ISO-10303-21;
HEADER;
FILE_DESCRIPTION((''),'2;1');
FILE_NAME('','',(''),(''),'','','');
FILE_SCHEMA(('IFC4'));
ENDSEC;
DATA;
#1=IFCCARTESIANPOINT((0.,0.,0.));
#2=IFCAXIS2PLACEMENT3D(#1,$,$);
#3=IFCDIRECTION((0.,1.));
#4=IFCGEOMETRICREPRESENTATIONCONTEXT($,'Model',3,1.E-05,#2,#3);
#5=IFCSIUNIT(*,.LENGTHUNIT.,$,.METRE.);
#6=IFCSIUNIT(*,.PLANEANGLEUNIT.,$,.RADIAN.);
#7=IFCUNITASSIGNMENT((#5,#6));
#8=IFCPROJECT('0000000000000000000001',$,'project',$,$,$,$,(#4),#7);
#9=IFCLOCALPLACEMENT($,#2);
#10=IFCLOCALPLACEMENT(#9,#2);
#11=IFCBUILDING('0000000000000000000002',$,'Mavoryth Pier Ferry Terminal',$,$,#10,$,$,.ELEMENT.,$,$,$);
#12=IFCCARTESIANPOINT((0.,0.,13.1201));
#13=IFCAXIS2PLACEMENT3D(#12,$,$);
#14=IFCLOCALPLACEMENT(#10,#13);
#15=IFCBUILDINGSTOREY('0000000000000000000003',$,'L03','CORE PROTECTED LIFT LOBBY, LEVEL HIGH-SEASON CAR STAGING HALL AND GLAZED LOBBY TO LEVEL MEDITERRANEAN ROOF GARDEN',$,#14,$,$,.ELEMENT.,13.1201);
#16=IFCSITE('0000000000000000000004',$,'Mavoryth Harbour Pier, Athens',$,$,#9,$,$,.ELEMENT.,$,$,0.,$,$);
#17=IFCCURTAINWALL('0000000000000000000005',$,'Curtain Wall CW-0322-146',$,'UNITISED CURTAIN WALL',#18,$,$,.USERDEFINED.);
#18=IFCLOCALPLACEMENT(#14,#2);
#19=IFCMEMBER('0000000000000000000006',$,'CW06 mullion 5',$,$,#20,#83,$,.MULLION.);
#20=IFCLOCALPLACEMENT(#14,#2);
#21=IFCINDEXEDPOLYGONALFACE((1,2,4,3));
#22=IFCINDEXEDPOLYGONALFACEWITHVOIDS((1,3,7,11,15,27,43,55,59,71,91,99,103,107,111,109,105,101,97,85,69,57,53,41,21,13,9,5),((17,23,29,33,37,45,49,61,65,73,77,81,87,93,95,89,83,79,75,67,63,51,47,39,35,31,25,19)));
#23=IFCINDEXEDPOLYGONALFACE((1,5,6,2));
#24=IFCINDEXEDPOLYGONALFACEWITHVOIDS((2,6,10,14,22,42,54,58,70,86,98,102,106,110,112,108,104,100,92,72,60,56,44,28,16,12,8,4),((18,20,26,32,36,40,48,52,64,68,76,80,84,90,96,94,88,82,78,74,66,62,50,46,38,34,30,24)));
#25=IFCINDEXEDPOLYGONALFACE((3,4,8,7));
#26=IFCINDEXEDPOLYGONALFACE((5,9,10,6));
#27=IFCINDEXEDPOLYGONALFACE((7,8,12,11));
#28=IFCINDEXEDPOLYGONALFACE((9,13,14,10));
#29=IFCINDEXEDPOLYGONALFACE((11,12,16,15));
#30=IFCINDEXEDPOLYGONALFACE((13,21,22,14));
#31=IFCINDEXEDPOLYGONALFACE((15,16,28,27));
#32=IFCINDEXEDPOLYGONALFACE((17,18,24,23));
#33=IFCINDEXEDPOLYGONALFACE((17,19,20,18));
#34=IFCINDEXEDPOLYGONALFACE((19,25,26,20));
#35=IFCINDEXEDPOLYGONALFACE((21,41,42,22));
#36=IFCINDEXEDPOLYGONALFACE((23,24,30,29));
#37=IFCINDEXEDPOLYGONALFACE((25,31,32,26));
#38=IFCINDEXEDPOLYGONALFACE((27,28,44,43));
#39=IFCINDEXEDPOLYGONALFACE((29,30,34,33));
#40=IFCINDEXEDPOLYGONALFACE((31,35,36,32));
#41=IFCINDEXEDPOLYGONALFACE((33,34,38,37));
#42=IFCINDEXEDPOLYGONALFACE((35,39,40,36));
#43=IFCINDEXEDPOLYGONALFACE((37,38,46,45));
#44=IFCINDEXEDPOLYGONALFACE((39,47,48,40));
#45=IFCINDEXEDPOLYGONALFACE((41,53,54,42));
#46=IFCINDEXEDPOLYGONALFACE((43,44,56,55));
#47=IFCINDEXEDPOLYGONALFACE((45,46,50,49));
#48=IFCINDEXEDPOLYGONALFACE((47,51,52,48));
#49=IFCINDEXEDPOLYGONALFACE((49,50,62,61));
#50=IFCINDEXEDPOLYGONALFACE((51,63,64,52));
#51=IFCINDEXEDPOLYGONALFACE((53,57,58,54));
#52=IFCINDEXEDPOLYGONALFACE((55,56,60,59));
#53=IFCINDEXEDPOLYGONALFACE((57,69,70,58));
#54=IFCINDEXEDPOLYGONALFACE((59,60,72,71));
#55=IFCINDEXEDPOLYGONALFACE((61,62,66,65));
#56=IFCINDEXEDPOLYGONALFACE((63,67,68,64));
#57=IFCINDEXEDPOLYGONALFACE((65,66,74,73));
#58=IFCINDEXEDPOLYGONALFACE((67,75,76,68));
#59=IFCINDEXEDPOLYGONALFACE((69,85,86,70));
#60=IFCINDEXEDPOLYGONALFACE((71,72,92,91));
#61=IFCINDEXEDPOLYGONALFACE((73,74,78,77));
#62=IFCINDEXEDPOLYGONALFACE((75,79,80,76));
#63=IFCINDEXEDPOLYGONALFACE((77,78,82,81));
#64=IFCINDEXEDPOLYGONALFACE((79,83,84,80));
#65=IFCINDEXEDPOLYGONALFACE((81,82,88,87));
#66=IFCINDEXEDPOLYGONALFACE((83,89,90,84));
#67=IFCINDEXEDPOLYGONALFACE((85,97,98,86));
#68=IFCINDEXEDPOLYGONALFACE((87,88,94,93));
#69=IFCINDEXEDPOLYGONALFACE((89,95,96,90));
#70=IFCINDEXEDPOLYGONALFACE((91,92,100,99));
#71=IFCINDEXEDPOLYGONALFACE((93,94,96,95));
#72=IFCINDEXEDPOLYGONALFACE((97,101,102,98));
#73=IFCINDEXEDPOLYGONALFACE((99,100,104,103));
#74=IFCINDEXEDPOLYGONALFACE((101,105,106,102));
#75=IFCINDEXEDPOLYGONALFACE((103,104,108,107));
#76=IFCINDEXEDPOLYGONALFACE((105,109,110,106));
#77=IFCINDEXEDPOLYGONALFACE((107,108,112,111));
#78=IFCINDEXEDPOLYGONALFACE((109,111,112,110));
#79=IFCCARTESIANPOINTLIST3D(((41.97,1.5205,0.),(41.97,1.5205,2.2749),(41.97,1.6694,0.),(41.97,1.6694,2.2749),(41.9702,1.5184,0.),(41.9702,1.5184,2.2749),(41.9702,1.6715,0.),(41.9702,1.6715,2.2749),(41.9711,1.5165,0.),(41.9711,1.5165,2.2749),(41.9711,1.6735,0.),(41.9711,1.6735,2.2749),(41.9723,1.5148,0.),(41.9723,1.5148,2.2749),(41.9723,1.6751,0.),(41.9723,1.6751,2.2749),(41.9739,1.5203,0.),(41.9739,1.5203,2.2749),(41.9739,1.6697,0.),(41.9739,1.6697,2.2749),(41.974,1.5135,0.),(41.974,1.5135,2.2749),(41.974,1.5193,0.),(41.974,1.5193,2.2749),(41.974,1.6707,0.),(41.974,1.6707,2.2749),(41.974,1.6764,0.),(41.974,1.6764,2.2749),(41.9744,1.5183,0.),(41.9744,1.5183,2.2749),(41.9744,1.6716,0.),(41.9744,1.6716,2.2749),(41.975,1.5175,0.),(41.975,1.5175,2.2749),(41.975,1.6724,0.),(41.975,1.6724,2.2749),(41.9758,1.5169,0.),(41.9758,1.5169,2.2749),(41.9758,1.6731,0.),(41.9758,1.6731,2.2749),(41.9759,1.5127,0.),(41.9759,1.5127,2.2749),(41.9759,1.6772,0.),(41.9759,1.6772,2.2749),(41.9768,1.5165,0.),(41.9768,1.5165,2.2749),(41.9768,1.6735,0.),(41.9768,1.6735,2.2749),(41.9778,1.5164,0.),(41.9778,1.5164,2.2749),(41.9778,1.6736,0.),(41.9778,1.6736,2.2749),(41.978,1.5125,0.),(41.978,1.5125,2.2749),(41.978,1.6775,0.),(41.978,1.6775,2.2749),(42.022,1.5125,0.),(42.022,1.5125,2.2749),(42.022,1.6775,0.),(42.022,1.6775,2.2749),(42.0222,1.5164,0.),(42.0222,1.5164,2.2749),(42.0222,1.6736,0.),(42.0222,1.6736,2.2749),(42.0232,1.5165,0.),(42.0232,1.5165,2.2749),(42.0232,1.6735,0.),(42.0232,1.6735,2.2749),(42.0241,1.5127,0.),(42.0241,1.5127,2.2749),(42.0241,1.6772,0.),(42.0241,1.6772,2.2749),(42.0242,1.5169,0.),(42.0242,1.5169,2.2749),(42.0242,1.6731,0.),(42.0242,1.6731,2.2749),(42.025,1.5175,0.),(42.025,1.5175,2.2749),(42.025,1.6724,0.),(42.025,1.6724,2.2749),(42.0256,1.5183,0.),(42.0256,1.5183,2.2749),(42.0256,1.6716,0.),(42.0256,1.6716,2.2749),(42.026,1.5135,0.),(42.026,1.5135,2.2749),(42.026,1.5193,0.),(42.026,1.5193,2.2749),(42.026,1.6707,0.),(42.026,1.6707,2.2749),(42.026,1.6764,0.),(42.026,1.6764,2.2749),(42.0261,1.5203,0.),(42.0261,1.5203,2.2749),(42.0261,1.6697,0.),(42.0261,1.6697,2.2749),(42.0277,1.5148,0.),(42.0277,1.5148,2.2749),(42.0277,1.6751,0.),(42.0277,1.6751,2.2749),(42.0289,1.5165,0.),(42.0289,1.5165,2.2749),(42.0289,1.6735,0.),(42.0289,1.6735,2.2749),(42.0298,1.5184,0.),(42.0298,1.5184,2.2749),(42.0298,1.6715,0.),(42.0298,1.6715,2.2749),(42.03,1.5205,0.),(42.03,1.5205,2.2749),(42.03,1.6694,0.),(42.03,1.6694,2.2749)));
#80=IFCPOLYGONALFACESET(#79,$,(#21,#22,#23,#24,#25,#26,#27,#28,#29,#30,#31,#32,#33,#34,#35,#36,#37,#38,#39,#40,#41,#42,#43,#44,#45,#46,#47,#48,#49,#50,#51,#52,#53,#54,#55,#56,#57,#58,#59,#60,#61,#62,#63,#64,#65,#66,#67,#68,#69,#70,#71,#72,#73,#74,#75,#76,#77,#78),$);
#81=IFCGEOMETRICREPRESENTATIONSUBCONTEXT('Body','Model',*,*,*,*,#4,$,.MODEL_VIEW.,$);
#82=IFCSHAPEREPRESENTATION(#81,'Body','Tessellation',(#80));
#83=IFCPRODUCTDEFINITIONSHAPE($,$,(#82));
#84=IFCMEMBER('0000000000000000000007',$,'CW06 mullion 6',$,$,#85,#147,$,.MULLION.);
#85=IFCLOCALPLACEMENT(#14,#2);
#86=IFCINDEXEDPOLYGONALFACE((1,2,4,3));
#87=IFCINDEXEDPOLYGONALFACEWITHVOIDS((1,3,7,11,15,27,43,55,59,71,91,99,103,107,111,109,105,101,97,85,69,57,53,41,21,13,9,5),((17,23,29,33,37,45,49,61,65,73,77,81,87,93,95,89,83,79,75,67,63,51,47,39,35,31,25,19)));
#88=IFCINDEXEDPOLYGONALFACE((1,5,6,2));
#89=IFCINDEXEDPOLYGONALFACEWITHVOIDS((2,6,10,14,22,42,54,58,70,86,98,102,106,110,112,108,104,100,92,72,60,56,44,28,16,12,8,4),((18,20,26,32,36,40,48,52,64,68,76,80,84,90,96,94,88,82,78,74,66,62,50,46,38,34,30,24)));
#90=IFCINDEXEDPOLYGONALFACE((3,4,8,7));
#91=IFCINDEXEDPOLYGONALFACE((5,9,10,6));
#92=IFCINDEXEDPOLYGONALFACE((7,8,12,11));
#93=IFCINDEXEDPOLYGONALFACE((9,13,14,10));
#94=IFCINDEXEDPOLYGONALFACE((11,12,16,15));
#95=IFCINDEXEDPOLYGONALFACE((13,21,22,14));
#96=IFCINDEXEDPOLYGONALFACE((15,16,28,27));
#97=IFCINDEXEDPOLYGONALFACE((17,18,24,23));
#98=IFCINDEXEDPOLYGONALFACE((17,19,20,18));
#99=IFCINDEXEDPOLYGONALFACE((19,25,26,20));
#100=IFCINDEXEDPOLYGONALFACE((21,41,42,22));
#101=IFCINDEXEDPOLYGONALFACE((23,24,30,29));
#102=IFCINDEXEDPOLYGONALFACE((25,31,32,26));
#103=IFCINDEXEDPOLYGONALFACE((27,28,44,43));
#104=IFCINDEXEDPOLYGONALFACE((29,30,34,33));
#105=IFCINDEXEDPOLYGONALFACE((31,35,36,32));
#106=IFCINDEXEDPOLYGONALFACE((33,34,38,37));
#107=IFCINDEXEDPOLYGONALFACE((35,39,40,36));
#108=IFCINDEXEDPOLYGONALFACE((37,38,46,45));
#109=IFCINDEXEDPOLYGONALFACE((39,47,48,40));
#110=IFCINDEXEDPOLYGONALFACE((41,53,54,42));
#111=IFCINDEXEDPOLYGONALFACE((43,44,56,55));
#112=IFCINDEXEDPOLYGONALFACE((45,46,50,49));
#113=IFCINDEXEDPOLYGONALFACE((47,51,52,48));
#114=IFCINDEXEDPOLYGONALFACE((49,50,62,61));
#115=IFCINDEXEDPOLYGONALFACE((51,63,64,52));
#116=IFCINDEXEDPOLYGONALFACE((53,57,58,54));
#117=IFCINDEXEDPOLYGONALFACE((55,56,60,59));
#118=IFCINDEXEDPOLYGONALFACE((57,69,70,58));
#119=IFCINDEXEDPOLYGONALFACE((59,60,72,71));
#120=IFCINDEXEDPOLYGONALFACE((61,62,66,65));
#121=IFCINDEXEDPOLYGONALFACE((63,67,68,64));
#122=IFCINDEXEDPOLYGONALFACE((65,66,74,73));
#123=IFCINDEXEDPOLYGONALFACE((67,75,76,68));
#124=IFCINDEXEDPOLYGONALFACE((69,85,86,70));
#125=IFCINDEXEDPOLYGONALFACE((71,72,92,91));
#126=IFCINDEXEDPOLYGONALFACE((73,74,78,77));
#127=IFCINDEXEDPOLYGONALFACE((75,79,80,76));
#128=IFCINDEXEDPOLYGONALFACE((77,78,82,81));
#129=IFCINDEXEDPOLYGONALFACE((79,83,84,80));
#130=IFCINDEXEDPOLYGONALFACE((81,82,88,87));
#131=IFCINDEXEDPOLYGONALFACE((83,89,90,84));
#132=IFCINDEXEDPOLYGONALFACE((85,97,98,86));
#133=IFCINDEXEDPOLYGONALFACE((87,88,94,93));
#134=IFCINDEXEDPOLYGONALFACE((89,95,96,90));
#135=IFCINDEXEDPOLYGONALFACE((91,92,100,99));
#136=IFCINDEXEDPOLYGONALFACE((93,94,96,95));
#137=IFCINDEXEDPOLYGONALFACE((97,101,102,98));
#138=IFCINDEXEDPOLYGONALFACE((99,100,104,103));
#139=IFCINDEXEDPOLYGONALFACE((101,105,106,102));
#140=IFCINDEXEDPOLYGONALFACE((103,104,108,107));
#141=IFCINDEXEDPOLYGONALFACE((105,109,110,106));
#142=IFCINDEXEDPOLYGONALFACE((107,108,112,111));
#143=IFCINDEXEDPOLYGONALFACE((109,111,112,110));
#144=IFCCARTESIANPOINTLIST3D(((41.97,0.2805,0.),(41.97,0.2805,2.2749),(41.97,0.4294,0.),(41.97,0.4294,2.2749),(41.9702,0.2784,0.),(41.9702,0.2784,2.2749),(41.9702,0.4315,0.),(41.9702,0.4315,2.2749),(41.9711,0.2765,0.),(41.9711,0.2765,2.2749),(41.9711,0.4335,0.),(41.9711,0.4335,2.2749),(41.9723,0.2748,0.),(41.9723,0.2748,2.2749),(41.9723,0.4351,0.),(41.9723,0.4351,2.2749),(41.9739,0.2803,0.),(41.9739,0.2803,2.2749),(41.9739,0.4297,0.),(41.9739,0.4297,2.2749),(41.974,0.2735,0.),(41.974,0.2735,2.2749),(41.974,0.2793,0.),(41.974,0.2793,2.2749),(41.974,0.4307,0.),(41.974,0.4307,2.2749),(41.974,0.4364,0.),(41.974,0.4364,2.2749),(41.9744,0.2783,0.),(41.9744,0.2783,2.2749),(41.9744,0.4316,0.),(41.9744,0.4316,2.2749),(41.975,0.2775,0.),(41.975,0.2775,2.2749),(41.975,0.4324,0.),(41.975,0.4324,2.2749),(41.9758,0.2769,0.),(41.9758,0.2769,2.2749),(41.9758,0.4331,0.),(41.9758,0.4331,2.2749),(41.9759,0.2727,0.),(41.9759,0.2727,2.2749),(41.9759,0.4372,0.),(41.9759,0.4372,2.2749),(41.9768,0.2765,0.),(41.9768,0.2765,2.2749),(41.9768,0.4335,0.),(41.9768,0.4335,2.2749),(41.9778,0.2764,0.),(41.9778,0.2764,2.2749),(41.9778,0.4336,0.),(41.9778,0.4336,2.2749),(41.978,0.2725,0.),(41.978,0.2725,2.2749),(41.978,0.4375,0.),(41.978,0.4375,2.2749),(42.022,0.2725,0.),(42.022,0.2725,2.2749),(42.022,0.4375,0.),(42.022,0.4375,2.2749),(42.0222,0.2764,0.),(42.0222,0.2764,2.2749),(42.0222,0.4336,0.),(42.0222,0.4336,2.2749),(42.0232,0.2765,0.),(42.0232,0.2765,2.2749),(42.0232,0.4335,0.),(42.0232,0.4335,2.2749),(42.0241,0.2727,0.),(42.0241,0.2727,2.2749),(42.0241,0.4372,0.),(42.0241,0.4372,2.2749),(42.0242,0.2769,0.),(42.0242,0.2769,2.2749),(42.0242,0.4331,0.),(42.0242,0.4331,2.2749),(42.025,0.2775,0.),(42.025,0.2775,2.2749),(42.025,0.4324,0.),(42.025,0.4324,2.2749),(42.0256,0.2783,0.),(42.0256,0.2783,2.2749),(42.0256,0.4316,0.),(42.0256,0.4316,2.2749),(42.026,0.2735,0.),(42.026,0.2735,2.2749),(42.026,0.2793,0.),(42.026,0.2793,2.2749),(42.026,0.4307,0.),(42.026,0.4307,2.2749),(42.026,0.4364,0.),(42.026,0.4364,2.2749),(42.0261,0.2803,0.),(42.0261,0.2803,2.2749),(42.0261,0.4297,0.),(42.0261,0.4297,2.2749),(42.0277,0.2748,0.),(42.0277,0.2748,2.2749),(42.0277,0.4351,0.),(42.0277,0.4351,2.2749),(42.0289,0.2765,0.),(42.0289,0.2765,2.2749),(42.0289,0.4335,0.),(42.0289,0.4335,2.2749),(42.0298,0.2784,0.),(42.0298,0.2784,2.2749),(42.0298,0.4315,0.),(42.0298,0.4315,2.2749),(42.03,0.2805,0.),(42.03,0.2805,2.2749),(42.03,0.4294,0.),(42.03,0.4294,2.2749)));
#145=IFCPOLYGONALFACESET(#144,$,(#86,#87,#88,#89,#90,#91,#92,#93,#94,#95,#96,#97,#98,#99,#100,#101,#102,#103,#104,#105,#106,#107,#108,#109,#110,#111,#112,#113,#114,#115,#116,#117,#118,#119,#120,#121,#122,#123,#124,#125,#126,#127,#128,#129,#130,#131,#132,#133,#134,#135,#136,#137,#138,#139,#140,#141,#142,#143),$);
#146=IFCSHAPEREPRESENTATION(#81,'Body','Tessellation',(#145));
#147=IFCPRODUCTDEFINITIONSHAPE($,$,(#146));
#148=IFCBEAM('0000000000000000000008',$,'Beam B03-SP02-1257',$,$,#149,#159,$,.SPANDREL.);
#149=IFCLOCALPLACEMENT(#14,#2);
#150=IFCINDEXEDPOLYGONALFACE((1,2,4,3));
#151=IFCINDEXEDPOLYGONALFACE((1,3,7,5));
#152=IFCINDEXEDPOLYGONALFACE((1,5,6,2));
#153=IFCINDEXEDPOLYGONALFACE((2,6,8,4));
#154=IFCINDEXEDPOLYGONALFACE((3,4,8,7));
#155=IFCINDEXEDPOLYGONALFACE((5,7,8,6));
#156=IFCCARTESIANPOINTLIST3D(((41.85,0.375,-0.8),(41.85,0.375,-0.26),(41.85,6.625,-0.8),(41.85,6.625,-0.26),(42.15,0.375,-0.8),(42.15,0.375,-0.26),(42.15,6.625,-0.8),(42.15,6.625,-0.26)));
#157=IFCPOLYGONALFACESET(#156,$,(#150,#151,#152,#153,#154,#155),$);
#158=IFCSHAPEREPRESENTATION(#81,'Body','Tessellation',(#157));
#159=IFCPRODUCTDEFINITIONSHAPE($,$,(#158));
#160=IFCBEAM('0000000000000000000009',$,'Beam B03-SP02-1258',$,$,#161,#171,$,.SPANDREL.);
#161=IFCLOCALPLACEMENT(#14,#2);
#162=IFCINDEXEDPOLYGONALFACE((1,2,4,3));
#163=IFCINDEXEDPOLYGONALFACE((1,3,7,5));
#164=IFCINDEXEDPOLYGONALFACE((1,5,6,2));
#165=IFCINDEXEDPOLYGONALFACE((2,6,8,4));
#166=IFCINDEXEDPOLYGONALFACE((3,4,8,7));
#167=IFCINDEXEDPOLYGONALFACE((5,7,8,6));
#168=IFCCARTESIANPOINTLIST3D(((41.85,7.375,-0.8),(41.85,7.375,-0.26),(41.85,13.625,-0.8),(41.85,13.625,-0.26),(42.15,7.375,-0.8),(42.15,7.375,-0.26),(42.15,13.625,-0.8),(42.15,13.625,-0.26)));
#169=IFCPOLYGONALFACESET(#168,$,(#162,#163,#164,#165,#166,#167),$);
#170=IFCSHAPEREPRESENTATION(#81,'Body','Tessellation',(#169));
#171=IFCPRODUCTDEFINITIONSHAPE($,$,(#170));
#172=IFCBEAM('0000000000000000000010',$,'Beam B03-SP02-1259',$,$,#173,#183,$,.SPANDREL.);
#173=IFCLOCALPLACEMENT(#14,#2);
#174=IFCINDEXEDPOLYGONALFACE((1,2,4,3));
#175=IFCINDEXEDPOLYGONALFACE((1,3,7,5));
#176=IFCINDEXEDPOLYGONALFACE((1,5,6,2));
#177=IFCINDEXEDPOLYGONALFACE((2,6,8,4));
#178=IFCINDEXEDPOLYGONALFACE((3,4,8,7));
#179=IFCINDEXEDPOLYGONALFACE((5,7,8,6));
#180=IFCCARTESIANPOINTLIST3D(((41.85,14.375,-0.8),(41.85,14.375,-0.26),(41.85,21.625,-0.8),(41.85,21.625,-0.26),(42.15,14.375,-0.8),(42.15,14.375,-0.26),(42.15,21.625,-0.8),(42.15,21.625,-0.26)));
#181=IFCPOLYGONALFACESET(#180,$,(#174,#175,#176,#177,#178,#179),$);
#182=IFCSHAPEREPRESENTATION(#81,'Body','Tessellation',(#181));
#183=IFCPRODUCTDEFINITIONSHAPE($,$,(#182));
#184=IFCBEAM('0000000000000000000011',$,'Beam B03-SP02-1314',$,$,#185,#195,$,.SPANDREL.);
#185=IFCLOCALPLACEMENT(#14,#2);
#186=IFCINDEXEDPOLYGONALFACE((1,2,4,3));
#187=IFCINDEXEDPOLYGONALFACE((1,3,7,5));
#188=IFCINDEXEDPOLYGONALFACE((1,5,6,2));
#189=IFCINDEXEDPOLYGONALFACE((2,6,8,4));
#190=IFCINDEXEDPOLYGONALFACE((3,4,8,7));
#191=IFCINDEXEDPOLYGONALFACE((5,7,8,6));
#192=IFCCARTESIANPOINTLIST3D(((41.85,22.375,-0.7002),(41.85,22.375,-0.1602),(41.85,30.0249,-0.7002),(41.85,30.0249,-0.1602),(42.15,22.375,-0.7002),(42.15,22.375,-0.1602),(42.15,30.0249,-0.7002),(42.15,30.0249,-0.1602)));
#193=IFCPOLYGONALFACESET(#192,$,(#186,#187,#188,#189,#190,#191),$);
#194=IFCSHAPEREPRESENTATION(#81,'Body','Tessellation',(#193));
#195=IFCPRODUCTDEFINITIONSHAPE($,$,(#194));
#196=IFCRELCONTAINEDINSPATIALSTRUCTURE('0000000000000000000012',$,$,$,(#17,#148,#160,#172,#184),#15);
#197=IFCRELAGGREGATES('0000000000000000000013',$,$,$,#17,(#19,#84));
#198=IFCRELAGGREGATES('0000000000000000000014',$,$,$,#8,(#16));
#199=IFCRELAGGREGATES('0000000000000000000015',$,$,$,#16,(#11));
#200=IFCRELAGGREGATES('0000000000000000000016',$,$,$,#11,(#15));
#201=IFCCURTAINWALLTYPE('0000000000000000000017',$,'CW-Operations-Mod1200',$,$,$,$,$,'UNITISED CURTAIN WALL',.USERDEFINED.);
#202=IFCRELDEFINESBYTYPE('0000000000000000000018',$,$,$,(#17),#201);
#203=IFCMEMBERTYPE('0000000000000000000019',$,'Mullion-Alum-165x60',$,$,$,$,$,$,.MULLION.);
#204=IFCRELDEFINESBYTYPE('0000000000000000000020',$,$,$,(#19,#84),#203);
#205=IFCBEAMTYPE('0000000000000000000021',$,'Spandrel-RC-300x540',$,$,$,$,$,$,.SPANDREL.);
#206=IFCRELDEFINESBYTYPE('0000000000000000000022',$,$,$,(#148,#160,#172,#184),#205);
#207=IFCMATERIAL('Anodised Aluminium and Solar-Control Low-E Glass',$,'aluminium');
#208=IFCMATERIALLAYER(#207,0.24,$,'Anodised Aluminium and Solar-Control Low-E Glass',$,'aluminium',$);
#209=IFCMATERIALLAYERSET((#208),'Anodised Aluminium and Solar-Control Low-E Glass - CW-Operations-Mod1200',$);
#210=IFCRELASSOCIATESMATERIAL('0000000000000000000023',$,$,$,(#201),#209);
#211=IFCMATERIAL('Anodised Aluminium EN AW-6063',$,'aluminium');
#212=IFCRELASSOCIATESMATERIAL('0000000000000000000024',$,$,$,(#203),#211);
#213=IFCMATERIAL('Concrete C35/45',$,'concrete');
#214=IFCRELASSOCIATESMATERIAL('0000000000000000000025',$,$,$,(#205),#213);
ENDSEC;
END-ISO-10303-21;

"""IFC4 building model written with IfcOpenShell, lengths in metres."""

from ifc_helpers import new_model, si_unit, direction, frame, origin, origin_2d, place, context, subcontext, project, spatial, rectangle, hollow_rectangle, extrude, material, layer, layer_set, material_profile, profile_set, type_object, element, aggregate, save


model = new_model("IFC4")

# Units and contexts
model_context = context("Model", 3, precision=1e-05, world=origin(), true_north=direction((0.0, 1.0)))
body_context = subcontext(model_context, "Body", "Model", "MODEL_VIEW")
ifc_project = project(units=[si_unit("LENGTHUNIT", "METRE"), si_unit("PLANEANGLEUNIT", "RADIAN")], contexts=[model_context])

# Site, building, storey
site_placement = place(None, origin())
site = spatial("IfcSite", under=ifc_project, at=site_placement, Name="Mavoryth Harbour Pier, Athens", CompositionType="ELEMENT", RefElevation=0.0)
building_placement = place(site_placement, origin())
building = spatial("IfcBuilding", under=site, at=building_placement, Name="Mavoryth Pier Ferry Terminal", CompositionType="ELEMENT")
storey_placement = place(building_placement, frame((0.0, 0.0, 13.1201)))
storey = spatial("IfcBuildingStorey", under=building, at=storey_placement, Name="L03", Description="CORE PROTECTED LIFT LOBBY, LEVEL HIGH-SEASON CAR STAGING HALL AND GLAZED LOBBY TO LEVEL MEDITERRANEAN ROOF GARDEN", CompositionType="ELEMENT", Elevation=13.1201)

# Curtain wall, members
ifc_material_1 = material(Name="Anodised Aluminium and Solar-Control Low-E Glass", Category="aluminium")
ifc_layer_1 = layer(ifc_material_1, 0.24, Name="Anodised Aluminium and Solar-Control Low-E Glass", Category="aluminium")
ifc_layer_set_1 = layer_set([ifc_layer_1], Name="Anodised Aluminium and Solar-Control Low-E Glass - CW-Operations-Mod1200")
curtain_wall_type = type_object("IfcCurtainWallType", Name="CW-Operations-Mod1200", ElementType="UNITISED CURTAIN WALL", PredefinedType="USERDEFINED", material=ifc_layer_set_1)
curtain_wall_placement = place(storey_placement, origin())
curtain_wall = element("IfcCurtainWall", 1, at=curtain_wall_placement, inside=storey, type_object=curtain_wall_type, Name="Curtain Wall CW-0322-146", ObjectType="UNITISED CURTAIN WALL", PredefinedType="USERDEFINED")
ifc_material_2 = material(Name="Anodised Aluminium EN AW-6063", Category="aluminium")
ifc_material_profile_1 = material_profile(ifc_material_2, hollow_rectangle(XDim=0.0601, YDim=0.165, WallThickness=0.0039, InnerFilletRadius=0.0039, OuterFilletRadius=0.0081, at=origin_2d()), Name="AL-MULL 165x60x4", Category="aluminium")
ifc_profile_set_1 = profile_set([ifc_material_profile_1], Name="Anodised Aluminium EN AW-6063 - AL-MULL 165x60x4")
member_type = type_object("IfcMemberType", Name="Mullion-Alum-165x60", PredefinedType="MULLION", material=ifc_profile_set_1)
member_1_placement = place(storey_placement, frame((42.0, 1.595, 0.0), z_axis=(0.0, 0.0, 1.0), x_axis=(1.0, 0.0, 0.0)))
member_1 = element("IfcMember", 2, at=member_1_placement, type_object=member_type, Name="CW06 mullion 5", PredefinedType="MULLION", context=body_context, shape_type="SweptSolid", body=[
    extrude(hollow_rectangle(XDim=0.0601, YDim=0.165, WallThickness=0.0039, InnerFilletRadius=0.0039, OuterFilletRadius=0.0081, at=origin_2d()), origin(), (0.0, 0.0, 1.0), 2.2749),
])
member_2_placement = place(storey_placement, frame((42.0, 0.355, 0.0), z_axis=(0.0, 0.0, 1.0), x_axis=(1.0, 0.0, 0.0)))
member_2 = element("IfcMember", 3, at=member_2_placement, type_object=member_type, Name="CW06 mullion 6", PredefinedType="MULLION", context=body_context, shape_type="SweptSolid", body=[
    extrude(hollow_rectangle(XDim=0.0601, YDim=0.165, WallThickness=0.0039, InnerFilletRadius=0.0039, OuterFilletRadius=0.0081, at=origin_2d()), origin(), (0.0, 0.0, 1.0), 2.2749),
])
aggregate(curtain_wall, [member_1, member_2])

# Beams
ifc_material_3 = material(Name="Concrete C35/45", Category="concrete")
ifc_material_profile_2 = material_profile(ifc_material_3, rectangle(XDim=0.3, YDim=0.54, at=origin_2d()), Name="RC 300x540", Category="concrete")
ifc_profile_set_2 = profile_set([ifc_material_profile_2], Name="Concrete C35/45 - RC 300x540")
beam_type = type_object("IfcBeamType", Name="Spandrel-RC-300x540", PredefinedType="SPANDREL", material=ifc_profile_set_2)
for number, where, z_axis, x_axis, name in (
    (4, (42.0, 0.375, -0.53), (0.0, 1.0, 0.0), (-1.0, 0.0, 0.0), "Beam B03-SP02-1257"),
    (5, (42.0, 7.375, -0.53), (0.0, 1.0, 0.0), (-1.0, 0.0, 0.0), "Beam B03-SP02-1258"),
):
    element("IfcBeam", number, at=place(storey_placement, frame(where, z_axis=z_axis, x_axis=x_axis)), inside=storey, type_object=beam_type, Name=name, PredefinedType="SPANDREL", context=body_context, shape_type="SweptSolid", body=[
        extrude(rectangle(XDim=0.3, YDim=0.54, at=origin_2d()), origin(), (0.0, 0.0, 1.0), 6.25),
    ])
beam_1_placement = place(storey_placement, frame((42.0, 14.375, -0.53), z_axis=(0.0, 1.0, 0.0), x_axis=(-1.0, 0.0, 0.0)))
element("IfcBeam", 6, at=beam_1_placement, inside=storey, type_object=beam_type, Name="Beam B03-SP02-1259", PredefinedType="SPANDREL", context=body_context, shape_type="SweptSolid", body=[
    extrude(rectangle(XDim=0.3, YDim=0.54, at=origin_2d()), origin(), (0.0, 0.0, 1.0), 7.25),
])
beam_2_placement = place(storey_placement, frame((42.0, 22.375, -0.4302), z_axis=(0.0, 1.0, 0.0), x_axis=(-1.0, 0.0, 0.0)))
element("IfcBeam", 7, at=beam_2_placement, inside=storey, type_object=beam_type, Name="Beam B03-SP02-1314", PredefinedType="SPANDREL", context=body_context, shape_type="SweptSolid", body=[
    extrude(rectangle(XDim=0.3, YDim=0.54, at=origin_2d()), origin(), (0.0, 0.0, 1.0), 7.6499),
])

save(model, "model.ifc")
